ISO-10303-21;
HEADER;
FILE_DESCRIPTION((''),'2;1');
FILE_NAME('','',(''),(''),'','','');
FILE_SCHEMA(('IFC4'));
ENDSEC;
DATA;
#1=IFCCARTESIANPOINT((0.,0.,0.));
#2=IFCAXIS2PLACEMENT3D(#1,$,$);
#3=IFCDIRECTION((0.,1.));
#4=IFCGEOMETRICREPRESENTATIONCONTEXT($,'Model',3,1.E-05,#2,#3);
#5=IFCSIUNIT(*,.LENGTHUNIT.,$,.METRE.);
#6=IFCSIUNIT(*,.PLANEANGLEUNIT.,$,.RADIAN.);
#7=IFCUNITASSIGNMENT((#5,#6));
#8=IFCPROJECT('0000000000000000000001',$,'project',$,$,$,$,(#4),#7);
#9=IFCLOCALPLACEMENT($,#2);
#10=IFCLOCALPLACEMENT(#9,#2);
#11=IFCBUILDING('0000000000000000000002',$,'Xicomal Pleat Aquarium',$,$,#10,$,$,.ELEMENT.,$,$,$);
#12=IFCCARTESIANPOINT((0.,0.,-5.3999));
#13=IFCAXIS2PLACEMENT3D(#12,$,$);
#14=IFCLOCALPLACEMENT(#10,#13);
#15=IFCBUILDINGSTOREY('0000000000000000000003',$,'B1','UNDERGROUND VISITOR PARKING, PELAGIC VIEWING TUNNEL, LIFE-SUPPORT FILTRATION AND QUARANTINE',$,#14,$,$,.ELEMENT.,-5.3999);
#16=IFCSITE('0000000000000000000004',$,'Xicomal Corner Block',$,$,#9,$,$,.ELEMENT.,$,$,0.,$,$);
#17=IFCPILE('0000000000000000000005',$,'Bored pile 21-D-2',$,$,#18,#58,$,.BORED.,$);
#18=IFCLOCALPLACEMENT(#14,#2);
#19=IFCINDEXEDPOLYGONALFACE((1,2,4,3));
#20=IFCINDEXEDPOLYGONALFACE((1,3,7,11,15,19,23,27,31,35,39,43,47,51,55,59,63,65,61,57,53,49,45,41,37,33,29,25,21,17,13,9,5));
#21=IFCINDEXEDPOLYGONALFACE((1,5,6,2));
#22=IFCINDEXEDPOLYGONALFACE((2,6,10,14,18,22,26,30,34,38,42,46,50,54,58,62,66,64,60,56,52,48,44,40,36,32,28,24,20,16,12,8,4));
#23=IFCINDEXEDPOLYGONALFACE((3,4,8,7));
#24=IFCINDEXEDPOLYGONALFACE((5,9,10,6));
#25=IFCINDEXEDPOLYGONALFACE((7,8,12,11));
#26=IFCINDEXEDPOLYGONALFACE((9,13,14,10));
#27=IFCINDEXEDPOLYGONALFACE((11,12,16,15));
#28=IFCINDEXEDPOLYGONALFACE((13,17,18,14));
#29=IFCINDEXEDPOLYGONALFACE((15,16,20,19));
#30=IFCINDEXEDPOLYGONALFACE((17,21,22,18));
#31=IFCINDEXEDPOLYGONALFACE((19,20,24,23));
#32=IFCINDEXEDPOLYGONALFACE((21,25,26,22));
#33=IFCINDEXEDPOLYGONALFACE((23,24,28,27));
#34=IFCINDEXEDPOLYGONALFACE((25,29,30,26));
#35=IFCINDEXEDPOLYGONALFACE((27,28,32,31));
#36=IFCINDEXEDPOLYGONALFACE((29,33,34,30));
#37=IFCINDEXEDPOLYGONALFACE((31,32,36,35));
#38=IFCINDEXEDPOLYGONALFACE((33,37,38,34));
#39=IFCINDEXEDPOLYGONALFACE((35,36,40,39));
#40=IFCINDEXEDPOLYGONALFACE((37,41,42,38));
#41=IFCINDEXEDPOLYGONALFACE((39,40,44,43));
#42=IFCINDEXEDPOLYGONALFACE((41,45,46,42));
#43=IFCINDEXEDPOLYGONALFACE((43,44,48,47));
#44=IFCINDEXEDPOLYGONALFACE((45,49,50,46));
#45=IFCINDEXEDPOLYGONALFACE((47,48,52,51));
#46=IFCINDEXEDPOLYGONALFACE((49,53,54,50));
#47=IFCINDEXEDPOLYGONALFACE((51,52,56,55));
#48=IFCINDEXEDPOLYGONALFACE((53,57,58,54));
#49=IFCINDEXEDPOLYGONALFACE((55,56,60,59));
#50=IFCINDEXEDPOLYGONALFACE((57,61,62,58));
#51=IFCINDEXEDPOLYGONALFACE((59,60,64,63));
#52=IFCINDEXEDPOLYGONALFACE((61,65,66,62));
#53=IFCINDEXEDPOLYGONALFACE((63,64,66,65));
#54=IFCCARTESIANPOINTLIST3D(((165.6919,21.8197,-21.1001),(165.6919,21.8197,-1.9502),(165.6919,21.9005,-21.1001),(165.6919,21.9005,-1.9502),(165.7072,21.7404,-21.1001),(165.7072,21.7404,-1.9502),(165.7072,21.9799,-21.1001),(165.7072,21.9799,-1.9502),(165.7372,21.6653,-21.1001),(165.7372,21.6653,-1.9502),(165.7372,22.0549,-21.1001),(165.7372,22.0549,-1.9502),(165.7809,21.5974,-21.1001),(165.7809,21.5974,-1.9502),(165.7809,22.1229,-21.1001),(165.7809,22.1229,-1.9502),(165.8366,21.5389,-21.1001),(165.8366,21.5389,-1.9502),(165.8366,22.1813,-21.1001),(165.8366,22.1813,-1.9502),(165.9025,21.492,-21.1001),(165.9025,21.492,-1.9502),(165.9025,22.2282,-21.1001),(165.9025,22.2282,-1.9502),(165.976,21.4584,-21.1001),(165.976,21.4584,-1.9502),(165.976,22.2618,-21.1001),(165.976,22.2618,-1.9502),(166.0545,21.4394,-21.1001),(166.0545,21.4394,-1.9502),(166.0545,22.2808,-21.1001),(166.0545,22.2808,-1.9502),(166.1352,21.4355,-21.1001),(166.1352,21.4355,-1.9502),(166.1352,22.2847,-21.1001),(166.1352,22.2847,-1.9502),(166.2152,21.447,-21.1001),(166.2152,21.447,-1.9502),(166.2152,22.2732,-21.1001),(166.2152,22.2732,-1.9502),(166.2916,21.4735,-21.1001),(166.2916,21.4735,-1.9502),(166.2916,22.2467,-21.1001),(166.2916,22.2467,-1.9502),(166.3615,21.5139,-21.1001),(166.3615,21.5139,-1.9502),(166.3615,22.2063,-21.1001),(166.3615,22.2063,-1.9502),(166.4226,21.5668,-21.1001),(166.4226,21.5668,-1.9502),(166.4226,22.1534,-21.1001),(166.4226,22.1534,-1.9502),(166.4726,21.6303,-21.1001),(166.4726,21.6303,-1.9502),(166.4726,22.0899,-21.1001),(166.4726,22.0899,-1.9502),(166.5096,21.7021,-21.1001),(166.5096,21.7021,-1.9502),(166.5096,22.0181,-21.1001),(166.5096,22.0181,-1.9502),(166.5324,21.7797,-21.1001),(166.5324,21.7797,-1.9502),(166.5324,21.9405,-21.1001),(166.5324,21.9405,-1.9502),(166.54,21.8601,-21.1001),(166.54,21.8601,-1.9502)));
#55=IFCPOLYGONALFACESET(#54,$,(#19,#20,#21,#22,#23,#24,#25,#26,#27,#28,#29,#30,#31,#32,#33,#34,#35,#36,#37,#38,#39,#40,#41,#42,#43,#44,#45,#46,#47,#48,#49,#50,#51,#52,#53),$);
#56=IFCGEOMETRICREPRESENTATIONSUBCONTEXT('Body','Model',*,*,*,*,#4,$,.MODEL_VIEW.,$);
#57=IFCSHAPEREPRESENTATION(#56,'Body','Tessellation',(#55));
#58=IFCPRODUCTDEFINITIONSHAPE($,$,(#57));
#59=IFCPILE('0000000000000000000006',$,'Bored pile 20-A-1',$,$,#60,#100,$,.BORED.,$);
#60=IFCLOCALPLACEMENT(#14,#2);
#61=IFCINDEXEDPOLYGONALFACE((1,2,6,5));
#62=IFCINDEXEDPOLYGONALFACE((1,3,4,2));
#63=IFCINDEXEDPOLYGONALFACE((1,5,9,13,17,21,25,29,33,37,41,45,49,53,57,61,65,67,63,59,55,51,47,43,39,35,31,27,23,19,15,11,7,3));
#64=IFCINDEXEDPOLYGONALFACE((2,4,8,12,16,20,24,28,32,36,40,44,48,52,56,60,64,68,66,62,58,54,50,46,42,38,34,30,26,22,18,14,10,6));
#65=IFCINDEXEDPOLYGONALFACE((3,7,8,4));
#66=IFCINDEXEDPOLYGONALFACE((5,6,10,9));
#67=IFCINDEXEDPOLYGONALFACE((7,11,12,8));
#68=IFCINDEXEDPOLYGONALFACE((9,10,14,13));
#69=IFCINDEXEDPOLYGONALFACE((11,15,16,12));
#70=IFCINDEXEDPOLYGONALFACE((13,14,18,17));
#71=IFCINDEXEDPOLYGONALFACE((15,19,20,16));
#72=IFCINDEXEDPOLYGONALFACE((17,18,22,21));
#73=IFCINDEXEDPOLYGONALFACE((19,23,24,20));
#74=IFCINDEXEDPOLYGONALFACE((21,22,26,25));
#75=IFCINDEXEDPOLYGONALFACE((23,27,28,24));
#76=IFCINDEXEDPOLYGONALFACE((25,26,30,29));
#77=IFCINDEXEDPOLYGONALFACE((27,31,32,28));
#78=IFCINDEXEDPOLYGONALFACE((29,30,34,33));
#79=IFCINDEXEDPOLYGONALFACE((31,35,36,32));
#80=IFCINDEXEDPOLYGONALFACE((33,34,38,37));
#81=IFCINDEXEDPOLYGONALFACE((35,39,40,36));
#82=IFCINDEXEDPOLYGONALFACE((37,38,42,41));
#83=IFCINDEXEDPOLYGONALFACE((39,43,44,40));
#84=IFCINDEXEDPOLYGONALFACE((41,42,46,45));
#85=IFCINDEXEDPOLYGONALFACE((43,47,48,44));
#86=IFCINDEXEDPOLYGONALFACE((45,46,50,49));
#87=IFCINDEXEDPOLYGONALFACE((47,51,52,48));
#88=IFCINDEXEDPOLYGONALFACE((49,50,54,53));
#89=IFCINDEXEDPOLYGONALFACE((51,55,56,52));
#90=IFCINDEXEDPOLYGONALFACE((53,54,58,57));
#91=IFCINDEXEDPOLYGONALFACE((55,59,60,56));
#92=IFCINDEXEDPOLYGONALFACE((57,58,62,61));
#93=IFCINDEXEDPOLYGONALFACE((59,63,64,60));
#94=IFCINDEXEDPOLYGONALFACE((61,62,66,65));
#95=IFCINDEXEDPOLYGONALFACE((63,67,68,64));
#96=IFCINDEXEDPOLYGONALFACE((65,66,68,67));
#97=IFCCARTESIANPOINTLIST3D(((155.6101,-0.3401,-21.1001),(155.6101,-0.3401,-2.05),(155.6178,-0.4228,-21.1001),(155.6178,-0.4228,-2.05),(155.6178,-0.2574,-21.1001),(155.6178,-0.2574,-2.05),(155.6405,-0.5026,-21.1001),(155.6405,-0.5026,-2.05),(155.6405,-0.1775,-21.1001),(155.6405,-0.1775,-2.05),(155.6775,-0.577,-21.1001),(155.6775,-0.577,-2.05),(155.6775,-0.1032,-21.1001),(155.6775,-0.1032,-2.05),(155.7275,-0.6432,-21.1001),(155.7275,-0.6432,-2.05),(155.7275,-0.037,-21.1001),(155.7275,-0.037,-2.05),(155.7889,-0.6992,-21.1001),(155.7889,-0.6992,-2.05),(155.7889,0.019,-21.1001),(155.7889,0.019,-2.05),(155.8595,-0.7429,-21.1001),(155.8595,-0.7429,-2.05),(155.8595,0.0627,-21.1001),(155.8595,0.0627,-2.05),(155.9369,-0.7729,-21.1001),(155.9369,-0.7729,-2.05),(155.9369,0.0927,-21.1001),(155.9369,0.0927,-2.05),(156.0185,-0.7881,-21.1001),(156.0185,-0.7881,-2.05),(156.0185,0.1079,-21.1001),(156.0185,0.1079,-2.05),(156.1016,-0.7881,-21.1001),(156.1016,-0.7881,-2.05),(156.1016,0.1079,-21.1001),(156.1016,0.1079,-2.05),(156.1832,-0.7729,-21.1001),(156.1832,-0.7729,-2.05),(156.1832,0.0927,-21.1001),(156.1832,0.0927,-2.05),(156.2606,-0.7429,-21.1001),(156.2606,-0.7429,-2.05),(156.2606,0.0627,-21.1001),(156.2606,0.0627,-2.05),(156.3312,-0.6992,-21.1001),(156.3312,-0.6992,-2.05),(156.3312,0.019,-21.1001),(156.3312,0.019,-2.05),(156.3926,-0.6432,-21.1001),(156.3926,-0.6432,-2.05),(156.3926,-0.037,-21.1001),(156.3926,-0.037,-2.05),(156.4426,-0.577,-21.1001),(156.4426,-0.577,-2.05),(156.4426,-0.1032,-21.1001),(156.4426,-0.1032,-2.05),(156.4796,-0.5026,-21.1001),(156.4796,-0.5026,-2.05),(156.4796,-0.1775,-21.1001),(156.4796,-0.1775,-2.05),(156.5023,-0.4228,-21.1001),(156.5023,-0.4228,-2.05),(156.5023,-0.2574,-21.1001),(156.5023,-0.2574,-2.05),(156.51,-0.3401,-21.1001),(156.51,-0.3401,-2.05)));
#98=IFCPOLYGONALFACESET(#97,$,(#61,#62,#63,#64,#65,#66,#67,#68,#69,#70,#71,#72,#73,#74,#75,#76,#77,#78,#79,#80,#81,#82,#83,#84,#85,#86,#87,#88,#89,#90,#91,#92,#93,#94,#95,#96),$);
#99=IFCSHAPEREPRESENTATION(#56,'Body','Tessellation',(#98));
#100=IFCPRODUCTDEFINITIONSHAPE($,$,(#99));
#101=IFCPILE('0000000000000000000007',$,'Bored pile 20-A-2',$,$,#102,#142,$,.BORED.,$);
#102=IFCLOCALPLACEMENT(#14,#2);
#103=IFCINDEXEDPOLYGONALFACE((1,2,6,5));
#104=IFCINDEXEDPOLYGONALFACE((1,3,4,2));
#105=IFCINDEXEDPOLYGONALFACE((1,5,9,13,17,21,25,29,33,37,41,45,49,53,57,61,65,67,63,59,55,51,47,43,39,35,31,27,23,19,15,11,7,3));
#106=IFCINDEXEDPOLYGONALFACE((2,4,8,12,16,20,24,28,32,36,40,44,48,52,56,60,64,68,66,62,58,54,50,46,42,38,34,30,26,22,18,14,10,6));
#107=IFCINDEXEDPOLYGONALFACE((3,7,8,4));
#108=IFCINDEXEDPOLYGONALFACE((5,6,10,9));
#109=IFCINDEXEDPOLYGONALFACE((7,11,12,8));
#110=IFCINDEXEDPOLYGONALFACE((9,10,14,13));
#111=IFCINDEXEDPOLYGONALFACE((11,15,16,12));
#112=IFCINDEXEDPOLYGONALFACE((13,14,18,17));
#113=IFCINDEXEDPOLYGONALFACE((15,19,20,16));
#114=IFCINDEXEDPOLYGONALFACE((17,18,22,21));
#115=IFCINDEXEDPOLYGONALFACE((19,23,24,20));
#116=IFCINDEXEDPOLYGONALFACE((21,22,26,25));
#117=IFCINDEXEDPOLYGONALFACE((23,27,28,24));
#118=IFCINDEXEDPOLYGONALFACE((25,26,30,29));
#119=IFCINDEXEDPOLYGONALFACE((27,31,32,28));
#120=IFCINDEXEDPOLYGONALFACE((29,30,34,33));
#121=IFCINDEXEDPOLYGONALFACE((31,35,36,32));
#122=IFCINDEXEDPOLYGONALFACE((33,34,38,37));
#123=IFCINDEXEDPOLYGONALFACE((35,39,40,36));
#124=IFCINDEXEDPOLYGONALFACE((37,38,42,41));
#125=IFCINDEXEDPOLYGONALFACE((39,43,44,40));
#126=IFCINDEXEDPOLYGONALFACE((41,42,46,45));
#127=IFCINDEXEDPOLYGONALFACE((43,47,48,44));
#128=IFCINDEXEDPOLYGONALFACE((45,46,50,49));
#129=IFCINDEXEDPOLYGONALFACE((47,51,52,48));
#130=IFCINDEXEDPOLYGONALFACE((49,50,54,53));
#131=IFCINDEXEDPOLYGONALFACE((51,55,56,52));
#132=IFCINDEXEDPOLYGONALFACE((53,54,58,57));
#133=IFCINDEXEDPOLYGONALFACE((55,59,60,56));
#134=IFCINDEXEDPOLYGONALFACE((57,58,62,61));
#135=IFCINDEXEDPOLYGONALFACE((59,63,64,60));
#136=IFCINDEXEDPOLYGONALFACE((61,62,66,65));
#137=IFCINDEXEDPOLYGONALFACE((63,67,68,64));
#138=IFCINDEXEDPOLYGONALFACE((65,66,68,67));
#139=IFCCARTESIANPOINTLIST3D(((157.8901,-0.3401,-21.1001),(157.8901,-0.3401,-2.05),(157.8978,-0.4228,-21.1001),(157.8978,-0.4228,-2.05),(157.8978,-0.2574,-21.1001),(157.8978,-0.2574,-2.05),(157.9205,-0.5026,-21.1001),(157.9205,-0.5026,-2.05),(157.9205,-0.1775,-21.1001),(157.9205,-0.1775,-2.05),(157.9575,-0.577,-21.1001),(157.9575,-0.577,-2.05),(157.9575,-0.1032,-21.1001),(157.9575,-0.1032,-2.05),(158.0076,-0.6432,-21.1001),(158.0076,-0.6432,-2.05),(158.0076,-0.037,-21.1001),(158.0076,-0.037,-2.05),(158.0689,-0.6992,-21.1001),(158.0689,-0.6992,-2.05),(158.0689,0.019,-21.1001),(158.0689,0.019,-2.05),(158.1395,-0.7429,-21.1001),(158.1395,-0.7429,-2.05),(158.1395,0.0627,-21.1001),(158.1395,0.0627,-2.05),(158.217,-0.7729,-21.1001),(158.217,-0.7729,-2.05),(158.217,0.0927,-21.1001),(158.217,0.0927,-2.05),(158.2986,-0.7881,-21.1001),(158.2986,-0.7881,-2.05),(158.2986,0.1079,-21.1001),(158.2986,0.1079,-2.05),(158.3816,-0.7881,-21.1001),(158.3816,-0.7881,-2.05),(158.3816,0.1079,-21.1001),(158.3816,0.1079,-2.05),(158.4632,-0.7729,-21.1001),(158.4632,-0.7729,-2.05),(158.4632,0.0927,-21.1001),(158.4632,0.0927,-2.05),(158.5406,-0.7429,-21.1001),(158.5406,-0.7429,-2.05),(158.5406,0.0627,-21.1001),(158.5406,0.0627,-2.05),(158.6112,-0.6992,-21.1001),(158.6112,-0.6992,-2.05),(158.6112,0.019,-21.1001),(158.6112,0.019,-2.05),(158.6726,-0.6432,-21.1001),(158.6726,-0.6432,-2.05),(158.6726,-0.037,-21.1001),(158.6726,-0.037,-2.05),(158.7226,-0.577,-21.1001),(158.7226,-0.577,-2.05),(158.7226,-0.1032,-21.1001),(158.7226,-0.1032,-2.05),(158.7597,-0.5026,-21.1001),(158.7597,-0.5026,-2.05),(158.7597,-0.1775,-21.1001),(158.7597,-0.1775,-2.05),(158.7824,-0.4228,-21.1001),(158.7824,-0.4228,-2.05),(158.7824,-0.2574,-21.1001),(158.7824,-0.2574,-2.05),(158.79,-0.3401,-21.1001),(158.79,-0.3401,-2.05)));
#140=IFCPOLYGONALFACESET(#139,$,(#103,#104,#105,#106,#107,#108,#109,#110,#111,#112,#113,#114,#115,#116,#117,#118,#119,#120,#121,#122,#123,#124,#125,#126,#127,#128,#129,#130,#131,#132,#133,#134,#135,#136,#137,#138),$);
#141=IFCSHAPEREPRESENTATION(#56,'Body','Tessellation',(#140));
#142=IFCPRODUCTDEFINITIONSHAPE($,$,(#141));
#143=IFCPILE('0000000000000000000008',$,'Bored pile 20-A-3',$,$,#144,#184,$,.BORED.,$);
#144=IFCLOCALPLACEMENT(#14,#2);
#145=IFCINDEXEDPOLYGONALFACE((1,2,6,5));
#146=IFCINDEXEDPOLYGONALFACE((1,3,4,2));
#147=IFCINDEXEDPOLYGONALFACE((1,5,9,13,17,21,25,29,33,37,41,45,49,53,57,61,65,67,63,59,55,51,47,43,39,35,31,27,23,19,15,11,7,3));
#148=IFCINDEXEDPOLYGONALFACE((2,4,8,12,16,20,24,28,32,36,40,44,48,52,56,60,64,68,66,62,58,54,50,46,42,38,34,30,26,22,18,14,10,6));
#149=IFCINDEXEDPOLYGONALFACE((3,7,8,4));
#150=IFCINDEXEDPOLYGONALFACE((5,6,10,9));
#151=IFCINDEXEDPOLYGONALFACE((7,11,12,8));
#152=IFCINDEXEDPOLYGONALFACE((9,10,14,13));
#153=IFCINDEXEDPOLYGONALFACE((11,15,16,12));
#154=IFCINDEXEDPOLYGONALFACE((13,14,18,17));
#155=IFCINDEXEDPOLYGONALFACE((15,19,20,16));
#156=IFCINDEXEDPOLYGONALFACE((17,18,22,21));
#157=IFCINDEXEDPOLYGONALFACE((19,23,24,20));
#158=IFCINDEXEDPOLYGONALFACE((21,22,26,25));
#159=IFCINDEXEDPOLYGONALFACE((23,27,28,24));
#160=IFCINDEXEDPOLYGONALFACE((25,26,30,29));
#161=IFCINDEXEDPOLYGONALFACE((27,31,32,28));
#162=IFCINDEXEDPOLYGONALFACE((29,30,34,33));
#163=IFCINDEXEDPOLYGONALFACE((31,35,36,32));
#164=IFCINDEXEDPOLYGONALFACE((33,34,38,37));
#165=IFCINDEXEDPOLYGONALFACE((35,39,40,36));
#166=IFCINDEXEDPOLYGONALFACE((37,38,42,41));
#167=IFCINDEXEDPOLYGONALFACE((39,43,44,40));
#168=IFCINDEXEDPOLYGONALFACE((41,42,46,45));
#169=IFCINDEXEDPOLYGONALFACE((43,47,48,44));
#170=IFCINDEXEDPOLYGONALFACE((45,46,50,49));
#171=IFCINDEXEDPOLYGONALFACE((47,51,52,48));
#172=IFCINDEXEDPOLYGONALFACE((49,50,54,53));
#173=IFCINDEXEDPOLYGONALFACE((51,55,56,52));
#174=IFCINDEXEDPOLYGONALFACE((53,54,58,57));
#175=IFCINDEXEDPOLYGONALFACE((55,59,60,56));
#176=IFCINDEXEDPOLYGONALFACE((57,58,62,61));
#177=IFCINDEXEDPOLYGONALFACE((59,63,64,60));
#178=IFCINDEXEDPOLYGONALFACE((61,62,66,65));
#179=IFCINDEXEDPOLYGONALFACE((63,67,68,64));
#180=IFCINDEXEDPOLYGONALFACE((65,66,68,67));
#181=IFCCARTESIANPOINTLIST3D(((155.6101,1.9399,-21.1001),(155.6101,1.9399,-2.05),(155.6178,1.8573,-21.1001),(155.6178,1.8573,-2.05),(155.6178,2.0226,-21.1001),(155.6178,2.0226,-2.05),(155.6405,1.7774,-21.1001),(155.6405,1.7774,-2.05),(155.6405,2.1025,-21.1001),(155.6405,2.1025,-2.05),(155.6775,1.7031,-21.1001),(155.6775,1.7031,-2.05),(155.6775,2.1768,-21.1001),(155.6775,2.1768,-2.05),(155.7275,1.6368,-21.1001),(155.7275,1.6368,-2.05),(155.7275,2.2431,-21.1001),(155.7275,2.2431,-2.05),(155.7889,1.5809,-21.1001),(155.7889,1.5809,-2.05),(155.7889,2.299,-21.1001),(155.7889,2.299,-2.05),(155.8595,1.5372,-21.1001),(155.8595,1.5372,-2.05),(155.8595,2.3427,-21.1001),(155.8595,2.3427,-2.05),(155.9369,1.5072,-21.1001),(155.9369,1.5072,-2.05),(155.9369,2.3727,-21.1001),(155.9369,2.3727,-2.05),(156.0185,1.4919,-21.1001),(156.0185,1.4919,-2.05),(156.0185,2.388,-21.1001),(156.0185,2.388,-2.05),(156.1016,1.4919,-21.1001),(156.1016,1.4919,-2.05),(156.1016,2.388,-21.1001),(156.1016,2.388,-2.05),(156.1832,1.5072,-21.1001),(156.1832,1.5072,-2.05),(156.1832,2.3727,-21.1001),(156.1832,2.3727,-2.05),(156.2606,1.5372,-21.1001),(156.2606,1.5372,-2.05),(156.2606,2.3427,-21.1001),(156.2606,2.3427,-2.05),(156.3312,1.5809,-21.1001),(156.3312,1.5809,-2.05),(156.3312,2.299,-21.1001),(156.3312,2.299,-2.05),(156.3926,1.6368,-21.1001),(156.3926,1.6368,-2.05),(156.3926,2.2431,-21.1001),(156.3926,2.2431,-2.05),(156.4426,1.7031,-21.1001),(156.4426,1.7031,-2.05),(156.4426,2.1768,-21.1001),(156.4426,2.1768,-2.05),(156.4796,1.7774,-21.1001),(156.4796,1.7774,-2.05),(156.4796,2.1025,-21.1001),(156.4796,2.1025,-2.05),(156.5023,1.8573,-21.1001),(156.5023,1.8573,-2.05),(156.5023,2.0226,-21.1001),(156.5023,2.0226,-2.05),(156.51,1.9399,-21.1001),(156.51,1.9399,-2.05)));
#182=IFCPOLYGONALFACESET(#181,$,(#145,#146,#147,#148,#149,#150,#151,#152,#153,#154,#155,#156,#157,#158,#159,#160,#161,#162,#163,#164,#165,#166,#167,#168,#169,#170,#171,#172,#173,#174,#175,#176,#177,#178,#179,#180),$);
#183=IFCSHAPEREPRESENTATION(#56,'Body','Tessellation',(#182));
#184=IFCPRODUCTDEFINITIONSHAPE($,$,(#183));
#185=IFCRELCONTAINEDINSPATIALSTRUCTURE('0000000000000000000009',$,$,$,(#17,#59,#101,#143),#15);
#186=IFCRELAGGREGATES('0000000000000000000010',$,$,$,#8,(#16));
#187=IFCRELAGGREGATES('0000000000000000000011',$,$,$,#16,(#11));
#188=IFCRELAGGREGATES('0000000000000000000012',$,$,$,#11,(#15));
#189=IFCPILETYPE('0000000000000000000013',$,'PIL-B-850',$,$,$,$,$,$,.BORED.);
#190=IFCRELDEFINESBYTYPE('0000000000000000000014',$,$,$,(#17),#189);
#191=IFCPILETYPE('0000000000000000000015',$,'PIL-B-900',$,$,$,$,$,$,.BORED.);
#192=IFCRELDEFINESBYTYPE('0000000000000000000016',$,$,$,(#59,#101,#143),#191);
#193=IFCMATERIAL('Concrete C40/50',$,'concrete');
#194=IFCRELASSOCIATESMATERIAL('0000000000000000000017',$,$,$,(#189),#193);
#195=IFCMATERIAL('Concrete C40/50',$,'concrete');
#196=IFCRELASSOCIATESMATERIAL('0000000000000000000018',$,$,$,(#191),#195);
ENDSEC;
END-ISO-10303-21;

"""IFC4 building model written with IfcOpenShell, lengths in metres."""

from ifc_helpers import new_model, si_unit, direction, frame, origin, origin_2d, place, context, subcontext, project, spatial, circle, extrude, material, material_profile, profile_set, type_object, element, save


model = new_model("IFC4")

# Units and contexts
model_context = context("Model", 3, precision=1e-05, world=origin(), true_north=direction((0.0, 1.0)))
body_context = subcontext(model_context, "Body", "Model", "MODEL_VIEW")
ifc_project = project(units=[si_unit("LENGTHUNIT", "METRE"), si_unit("PLANEANGLEUNIT", "RADIAN")], contexts=[model_context])

# Site, building, storey
site_placement = place(None, origin())
site = spatial("IfcSite", under=ifc_project, at=site_placement, Name="Xicomal Corner Block", CompositionType="ELEMENT", RefElevation=0.0)
building_placement = place(site_placement, origin())
building = spatial("IfcBuilding", under=site, at=building_placement, Name="Xicomal Pleat Aquarium", CompositionType="ELEMENT")
storey_placement = place(building_placement, frame((0.0, 0.0, -5.3999)))
storey = spatial("IfcBuildingStorey", under=building, at=storey_placement, Name="B1", Description="UNDERGROUND VISITOR PARKING, PELAGIC VIEWING TUNNEL, LIFE-SUPPORT FILTRATION AND QUARANTINE", CompositionType="ELEMENT", Elevation=-5.3999)

# Piles
ifc_material_1 = material(Name="Concrete C40/50", Category="concrete")
ifc_material_profile_1 = material_profile(ifc_material_1, circle(Radius=0.425, at=origin_2d()), Name="BORED PILE D850")
ifc_profile_set_1 = profile_set([ifc_material_profile_1], Name="Concrete C40/50")
pile_type_1 = type_object("IfcPileType", Name="PIL-B-850", PredefinedType="BORED", material=ifc_profile_set_1)
for number, where, z_axis, x_axis, name in (
    (1, (166.115, 21.8601, -1.9502), (0.0, 0.0, -1.0), (1.0, 0.0, 0.0), "Bored pile 21-D-2"),
):
    element("IfcPile", number, at=place(storey_placement, frame(where, z_axis=z_axis, x_axis=x_axis)), inside=storey, type_object=pile_type_1, Name=name, PredefinedType="BORED", context=body_context, shape_type="SweptSolid", body=[
        extrude(circle(Radius=0.425, at=origin_2d()), origin(), (0.0, 0.0, 1.0), 19.1499),
    ])
ifc_material_2 = material(Name="Concrete C40/50", Category="concrete")
ifc_material_profile_2 = material_profile(ifc_material_2, circle(Radius=0.45, at=origin_2d()), Name="BORED PILE D900")
ifc_profile_set_2 = profile_set([ifc_material_profile_2], Name="Concrete C40/50")
pile_type_2 = type_object("IfcPileType", Name="PIL-B-900", PredefinedType="BORED", material=ifc_profile_set_2)
for number, where, z_axis, x_axis, name in (
    (2, (156.0601, -0.3401, -2.05), (0.0, 0.0, -1.0), (1.0, 0.0, 0.0), "Bored pile 20-A-1"),
    (3, (158.3401, -0.3401, -2.05), (0.0, 0.0, -1.0), (1.0, 0.0, 0.0), "Bored pile 20-A-2"),
    (4, (156.0601, 1.9399, -2.05), (0.0, 0.0, -1.0), (1.0, 0.0, 0.0), "Bored pile 20-A-3"),
):
    element("IfcPile", number, at=place(storey_placement, frame(where, z_axis=z_axis, x_axis=x_axis)), inside=storey, type_object=pile_type_2, Name=name, PredefinedType="BORED", context=body_context, shape_type="SweptSolid", body=[
        extrude(circle(Radius=0.45, at=origin_2d()), origin(), (0.0, 0.0, 1.0), 19.05),
    ])

save(model, "model.ifc")
